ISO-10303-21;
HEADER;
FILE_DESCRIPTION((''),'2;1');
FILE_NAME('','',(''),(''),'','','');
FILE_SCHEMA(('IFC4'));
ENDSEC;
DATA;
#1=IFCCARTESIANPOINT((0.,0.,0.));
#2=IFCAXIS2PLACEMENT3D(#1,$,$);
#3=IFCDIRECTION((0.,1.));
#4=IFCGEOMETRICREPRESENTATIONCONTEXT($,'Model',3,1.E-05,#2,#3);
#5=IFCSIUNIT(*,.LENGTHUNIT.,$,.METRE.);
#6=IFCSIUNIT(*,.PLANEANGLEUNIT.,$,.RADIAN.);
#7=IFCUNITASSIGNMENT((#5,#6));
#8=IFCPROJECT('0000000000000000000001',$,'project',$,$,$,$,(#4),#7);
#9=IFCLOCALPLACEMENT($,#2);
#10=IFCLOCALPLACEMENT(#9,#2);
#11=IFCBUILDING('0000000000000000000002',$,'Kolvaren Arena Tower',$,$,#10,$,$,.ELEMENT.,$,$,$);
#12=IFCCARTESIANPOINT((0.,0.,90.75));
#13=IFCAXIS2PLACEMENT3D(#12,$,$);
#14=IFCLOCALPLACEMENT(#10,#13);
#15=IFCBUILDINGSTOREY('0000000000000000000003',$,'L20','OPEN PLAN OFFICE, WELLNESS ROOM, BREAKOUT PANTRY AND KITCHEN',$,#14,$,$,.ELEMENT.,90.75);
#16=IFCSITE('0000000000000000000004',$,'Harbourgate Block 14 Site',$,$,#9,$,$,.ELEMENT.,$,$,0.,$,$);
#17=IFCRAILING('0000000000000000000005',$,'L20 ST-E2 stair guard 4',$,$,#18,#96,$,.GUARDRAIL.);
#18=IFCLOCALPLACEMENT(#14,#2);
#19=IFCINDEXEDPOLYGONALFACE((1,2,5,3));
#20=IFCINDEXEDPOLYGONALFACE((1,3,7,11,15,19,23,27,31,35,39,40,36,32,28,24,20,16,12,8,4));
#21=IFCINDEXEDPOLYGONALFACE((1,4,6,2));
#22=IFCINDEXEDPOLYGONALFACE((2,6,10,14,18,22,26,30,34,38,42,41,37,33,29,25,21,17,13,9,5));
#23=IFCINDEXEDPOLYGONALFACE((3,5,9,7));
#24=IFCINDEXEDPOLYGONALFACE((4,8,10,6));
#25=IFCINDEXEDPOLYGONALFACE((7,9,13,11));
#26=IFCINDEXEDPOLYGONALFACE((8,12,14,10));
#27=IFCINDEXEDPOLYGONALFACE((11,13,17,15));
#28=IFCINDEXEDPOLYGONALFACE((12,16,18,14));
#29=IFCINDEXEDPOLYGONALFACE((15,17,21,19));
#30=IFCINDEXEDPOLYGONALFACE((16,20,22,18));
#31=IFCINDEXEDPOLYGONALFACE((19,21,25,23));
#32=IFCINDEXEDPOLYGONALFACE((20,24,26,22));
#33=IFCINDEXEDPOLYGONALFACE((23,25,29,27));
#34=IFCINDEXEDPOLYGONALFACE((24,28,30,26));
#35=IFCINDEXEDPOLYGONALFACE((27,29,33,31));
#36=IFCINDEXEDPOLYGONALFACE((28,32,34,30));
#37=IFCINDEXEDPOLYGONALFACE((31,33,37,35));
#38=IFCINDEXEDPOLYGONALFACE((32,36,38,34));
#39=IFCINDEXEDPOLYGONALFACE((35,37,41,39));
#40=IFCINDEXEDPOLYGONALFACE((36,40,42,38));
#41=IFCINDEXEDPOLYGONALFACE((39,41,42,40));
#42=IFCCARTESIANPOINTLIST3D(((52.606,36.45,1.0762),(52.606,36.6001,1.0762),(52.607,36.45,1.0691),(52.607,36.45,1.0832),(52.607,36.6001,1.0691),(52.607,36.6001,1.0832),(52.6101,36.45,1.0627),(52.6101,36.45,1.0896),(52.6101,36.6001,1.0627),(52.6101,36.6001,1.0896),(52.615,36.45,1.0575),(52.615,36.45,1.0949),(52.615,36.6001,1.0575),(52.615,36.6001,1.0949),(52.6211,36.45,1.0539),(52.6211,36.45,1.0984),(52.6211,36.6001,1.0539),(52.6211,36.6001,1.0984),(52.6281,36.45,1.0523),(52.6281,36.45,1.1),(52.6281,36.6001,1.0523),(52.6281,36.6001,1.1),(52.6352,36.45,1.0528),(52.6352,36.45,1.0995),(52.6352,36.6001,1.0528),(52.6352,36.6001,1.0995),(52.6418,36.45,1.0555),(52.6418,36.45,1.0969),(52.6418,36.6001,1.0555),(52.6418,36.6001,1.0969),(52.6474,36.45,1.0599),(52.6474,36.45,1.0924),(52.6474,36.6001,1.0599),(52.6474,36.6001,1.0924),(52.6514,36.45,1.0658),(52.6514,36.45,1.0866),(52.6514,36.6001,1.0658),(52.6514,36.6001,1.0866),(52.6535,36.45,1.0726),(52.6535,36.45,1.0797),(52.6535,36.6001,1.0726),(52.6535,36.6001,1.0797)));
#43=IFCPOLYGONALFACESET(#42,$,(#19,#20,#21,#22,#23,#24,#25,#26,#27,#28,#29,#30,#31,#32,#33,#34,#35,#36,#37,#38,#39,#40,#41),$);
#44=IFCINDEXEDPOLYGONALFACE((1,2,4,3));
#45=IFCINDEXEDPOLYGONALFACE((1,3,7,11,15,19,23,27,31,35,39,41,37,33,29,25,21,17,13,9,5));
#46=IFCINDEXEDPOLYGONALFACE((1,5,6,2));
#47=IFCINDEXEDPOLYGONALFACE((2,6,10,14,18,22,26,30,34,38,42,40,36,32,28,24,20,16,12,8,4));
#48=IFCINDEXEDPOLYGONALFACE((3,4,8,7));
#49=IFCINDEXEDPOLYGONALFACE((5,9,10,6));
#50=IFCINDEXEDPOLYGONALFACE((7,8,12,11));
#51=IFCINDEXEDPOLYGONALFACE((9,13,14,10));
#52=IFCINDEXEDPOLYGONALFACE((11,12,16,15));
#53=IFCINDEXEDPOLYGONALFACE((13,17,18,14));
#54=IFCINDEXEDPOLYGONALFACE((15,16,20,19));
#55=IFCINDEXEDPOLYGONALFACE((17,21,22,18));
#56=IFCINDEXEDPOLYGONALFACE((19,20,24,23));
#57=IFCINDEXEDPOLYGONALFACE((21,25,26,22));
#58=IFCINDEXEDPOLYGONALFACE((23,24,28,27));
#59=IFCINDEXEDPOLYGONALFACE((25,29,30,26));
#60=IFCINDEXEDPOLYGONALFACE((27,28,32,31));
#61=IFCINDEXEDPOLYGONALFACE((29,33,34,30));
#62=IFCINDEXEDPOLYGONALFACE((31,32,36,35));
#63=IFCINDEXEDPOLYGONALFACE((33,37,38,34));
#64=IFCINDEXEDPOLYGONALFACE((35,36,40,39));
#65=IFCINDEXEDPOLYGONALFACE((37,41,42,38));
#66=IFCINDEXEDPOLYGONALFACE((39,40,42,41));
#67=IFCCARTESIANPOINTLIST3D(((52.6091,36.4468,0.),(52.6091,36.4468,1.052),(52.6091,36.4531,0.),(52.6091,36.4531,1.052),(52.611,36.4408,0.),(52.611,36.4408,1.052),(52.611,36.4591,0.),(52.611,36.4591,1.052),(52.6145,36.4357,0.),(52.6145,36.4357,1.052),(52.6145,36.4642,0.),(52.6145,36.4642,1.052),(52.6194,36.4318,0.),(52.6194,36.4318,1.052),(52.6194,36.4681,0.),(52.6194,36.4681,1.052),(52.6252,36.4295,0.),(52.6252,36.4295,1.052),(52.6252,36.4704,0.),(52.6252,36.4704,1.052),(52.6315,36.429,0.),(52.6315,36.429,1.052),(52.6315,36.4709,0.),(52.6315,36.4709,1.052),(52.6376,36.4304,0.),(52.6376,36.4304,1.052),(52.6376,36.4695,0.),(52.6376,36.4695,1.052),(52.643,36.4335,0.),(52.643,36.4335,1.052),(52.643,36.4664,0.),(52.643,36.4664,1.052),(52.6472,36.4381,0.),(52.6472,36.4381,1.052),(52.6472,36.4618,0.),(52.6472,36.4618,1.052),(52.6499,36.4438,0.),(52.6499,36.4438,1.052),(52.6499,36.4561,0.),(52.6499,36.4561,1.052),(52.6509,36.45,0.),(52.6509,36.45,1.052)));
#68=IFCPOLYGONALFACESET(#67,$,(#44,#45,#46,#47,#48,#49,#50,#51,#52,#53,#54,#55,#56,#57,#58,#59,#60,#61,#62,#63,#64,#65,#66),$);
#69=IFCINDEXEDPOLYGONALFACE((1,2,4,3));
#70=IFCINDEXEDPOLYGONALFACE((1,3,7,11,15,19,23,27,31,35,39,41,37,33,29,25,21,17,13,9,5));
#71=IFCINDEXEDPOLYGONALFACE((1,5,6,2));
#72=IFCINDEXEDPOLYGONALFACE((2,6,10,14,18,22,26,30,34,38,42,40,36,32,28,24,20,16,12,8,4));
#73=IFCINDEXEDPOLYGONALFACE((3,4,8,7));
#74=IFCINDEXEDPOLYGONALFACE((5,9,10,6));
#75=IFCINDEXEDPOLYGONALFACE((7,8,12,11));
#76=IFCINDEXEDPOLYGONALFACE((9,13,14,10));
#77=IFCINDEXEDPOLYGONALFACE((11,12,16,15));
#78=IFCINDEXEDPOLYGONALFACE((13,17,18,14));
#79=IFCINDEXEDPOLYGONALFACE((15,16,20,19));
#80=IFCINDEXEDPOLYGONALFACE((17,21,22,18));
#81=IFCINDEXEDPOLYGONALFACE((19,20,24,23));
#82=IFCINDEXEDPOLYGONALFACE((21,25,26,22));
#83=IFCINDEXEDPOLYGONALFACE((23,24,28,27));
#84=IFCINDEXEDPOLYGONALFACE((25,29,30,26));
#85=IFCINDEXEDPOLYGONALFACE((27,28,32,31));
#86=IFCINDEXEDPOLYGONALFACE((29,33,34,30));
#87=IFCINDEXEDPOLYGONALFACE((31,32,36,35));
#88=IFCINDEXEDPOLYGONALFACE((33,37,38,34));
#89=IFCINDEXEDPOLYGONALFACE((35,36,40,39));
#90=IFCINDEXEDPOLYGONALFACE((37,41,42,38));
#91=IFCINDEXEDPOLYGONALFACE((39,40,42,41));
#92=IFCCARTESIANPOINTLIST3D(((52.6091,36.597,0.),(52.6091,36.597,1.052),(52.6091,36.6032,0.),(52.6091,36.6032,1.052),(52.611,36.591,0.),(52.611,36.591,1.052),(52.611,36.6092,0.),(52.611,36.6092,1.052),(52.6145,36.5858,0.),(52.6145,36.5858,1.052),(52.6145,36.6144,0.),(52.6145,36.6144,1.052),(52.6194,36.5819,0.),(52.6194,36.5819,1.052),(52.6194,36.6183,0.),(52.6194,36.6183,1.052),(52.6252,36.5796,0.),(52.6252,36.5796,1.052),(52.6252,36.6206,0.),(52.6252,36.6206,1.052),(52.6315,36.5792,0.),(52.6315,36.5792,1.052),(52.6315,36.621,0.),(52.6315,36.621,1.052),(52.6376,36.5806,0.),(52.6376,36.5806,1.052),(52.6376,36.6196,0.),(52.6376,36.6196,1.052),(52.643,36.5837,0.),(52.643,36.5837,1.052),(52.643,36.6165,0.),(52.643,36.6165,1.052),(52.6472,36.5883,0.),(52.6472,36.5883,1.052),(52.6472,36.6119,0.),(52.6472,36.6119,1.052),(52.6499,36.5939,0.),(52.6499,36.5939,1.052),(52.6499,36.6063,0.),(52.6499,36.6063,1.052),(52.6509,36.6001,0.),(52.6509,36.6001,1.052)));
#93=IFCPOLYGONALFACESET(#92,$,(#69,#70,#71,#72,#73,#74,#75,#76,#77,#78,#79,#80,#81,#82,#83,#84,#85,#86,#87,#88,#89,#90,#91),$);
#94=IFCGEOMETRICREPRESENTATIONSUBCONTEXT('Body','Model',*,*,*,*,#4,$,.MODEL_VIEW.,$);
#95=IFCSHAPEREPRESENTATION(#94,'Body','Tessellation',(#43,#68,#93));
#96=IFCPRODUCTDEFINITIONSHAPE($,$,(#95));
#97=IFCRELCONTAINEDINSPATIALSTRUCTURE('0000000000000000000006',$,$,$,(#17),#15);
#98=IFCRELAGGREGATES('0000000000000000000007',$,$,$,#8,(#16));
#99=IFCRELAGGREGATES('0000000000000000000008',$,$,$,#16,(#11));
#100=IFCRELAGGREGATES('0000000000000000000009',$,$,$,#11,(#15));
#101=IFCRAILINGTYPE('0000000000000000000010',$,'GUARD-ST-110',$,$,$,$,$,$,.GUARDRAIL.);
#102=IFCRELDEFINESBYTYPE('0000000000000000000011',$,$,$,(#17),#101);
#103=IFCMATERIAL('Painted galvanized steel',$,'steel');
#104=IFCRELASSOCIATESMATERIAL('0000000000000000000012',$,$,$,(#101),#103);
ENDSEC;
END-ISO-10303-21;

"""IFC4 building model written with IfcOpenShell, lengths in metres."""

from ifc_helpers import new_model, si_unit, direction, frame, origin, origin_2d, place, context, subcontext, project, spatial, circle, extrude, material, type_object, element, save


model = new_model("IFC4")

# Units and contexts
model_context = context("Model", 3, precision=1e-05, world=origin(), true_north=direction((0.0, 1.0)))
body_context = subcontext(model_context, "Body", "Model", "MODEL_VIEW")
ifc_project = project(units=[si_unit("LENGTHUNIT", "METRE"), si_unit("PLANEANGLEUNIT", "RADIAN")], contexts=[model_context])

# Site, building, storey
site_placement = place(None, origin())
site = spatial("IfcSite", under=ifc_project, at=site_placement, Name="Harbourgate Block 14 Site", CompositionType="ELEMENT", RefElevation=0.0)
building_placement = place(site_placement, origin())
building = spatial("IfcBuilding", under=site, at=building_placement, Name="Kolvaren Arena Tower", CompositionType="ELEMENT")
storey_placement = place(building_placement, frame((0.0, 0.0, 90.75)))
storey = spatial("IfcBuildingStorey", under=building, at=storey_placement, Name="L20", Description="OPEN PLAN OFFICE, WELLNESS ROOM, BREAKOUT PANTRY AND KITCHEN", CompositionType="ELEMENT", Elevation=90.75)

# Railing
ifc_material_1 = material(Name="Painted galvanized steel", Category="steel")
railing_type_1 = type_object("IfcRailingType", Name="GUARD-ST-110", PredefinedType="GUARDRAIL", material=ifc_material_1)
railing_1_placement = place(storey_placement, frame((52.6299, 36.45, 0.0)))
element("IfcRailing", 1, at=railing_1_placement, inside=storey, type_object=railing_type_1, Name="L20 ST-E2 stair guard 4", PredefinedType="GUARDRAIL", context=body_context, shape_type="SweptSolid", body=[
    extrude(circle(Radius=0.0239, at=origin_2d()), frame((0.0, 0.0, 1.0762), z_axis=(0.0, 1.0, 0.0), x_axis=(-1.0, 0.0, 0.0)), (0.0, 0.0, 1.0), 0.1501),
    extrude(circle(Radius=0.021, at=origin_2d()), origin(), (0.0, 0.0, 1.0), 1.052),
    extrude(circle(Radius=0.021, at=origin_2d()), frame((0.0, 0.1501, 0.0)), (0.0, 0.0, 1.0), 1.052),
])

save(model, "model.ifc")
